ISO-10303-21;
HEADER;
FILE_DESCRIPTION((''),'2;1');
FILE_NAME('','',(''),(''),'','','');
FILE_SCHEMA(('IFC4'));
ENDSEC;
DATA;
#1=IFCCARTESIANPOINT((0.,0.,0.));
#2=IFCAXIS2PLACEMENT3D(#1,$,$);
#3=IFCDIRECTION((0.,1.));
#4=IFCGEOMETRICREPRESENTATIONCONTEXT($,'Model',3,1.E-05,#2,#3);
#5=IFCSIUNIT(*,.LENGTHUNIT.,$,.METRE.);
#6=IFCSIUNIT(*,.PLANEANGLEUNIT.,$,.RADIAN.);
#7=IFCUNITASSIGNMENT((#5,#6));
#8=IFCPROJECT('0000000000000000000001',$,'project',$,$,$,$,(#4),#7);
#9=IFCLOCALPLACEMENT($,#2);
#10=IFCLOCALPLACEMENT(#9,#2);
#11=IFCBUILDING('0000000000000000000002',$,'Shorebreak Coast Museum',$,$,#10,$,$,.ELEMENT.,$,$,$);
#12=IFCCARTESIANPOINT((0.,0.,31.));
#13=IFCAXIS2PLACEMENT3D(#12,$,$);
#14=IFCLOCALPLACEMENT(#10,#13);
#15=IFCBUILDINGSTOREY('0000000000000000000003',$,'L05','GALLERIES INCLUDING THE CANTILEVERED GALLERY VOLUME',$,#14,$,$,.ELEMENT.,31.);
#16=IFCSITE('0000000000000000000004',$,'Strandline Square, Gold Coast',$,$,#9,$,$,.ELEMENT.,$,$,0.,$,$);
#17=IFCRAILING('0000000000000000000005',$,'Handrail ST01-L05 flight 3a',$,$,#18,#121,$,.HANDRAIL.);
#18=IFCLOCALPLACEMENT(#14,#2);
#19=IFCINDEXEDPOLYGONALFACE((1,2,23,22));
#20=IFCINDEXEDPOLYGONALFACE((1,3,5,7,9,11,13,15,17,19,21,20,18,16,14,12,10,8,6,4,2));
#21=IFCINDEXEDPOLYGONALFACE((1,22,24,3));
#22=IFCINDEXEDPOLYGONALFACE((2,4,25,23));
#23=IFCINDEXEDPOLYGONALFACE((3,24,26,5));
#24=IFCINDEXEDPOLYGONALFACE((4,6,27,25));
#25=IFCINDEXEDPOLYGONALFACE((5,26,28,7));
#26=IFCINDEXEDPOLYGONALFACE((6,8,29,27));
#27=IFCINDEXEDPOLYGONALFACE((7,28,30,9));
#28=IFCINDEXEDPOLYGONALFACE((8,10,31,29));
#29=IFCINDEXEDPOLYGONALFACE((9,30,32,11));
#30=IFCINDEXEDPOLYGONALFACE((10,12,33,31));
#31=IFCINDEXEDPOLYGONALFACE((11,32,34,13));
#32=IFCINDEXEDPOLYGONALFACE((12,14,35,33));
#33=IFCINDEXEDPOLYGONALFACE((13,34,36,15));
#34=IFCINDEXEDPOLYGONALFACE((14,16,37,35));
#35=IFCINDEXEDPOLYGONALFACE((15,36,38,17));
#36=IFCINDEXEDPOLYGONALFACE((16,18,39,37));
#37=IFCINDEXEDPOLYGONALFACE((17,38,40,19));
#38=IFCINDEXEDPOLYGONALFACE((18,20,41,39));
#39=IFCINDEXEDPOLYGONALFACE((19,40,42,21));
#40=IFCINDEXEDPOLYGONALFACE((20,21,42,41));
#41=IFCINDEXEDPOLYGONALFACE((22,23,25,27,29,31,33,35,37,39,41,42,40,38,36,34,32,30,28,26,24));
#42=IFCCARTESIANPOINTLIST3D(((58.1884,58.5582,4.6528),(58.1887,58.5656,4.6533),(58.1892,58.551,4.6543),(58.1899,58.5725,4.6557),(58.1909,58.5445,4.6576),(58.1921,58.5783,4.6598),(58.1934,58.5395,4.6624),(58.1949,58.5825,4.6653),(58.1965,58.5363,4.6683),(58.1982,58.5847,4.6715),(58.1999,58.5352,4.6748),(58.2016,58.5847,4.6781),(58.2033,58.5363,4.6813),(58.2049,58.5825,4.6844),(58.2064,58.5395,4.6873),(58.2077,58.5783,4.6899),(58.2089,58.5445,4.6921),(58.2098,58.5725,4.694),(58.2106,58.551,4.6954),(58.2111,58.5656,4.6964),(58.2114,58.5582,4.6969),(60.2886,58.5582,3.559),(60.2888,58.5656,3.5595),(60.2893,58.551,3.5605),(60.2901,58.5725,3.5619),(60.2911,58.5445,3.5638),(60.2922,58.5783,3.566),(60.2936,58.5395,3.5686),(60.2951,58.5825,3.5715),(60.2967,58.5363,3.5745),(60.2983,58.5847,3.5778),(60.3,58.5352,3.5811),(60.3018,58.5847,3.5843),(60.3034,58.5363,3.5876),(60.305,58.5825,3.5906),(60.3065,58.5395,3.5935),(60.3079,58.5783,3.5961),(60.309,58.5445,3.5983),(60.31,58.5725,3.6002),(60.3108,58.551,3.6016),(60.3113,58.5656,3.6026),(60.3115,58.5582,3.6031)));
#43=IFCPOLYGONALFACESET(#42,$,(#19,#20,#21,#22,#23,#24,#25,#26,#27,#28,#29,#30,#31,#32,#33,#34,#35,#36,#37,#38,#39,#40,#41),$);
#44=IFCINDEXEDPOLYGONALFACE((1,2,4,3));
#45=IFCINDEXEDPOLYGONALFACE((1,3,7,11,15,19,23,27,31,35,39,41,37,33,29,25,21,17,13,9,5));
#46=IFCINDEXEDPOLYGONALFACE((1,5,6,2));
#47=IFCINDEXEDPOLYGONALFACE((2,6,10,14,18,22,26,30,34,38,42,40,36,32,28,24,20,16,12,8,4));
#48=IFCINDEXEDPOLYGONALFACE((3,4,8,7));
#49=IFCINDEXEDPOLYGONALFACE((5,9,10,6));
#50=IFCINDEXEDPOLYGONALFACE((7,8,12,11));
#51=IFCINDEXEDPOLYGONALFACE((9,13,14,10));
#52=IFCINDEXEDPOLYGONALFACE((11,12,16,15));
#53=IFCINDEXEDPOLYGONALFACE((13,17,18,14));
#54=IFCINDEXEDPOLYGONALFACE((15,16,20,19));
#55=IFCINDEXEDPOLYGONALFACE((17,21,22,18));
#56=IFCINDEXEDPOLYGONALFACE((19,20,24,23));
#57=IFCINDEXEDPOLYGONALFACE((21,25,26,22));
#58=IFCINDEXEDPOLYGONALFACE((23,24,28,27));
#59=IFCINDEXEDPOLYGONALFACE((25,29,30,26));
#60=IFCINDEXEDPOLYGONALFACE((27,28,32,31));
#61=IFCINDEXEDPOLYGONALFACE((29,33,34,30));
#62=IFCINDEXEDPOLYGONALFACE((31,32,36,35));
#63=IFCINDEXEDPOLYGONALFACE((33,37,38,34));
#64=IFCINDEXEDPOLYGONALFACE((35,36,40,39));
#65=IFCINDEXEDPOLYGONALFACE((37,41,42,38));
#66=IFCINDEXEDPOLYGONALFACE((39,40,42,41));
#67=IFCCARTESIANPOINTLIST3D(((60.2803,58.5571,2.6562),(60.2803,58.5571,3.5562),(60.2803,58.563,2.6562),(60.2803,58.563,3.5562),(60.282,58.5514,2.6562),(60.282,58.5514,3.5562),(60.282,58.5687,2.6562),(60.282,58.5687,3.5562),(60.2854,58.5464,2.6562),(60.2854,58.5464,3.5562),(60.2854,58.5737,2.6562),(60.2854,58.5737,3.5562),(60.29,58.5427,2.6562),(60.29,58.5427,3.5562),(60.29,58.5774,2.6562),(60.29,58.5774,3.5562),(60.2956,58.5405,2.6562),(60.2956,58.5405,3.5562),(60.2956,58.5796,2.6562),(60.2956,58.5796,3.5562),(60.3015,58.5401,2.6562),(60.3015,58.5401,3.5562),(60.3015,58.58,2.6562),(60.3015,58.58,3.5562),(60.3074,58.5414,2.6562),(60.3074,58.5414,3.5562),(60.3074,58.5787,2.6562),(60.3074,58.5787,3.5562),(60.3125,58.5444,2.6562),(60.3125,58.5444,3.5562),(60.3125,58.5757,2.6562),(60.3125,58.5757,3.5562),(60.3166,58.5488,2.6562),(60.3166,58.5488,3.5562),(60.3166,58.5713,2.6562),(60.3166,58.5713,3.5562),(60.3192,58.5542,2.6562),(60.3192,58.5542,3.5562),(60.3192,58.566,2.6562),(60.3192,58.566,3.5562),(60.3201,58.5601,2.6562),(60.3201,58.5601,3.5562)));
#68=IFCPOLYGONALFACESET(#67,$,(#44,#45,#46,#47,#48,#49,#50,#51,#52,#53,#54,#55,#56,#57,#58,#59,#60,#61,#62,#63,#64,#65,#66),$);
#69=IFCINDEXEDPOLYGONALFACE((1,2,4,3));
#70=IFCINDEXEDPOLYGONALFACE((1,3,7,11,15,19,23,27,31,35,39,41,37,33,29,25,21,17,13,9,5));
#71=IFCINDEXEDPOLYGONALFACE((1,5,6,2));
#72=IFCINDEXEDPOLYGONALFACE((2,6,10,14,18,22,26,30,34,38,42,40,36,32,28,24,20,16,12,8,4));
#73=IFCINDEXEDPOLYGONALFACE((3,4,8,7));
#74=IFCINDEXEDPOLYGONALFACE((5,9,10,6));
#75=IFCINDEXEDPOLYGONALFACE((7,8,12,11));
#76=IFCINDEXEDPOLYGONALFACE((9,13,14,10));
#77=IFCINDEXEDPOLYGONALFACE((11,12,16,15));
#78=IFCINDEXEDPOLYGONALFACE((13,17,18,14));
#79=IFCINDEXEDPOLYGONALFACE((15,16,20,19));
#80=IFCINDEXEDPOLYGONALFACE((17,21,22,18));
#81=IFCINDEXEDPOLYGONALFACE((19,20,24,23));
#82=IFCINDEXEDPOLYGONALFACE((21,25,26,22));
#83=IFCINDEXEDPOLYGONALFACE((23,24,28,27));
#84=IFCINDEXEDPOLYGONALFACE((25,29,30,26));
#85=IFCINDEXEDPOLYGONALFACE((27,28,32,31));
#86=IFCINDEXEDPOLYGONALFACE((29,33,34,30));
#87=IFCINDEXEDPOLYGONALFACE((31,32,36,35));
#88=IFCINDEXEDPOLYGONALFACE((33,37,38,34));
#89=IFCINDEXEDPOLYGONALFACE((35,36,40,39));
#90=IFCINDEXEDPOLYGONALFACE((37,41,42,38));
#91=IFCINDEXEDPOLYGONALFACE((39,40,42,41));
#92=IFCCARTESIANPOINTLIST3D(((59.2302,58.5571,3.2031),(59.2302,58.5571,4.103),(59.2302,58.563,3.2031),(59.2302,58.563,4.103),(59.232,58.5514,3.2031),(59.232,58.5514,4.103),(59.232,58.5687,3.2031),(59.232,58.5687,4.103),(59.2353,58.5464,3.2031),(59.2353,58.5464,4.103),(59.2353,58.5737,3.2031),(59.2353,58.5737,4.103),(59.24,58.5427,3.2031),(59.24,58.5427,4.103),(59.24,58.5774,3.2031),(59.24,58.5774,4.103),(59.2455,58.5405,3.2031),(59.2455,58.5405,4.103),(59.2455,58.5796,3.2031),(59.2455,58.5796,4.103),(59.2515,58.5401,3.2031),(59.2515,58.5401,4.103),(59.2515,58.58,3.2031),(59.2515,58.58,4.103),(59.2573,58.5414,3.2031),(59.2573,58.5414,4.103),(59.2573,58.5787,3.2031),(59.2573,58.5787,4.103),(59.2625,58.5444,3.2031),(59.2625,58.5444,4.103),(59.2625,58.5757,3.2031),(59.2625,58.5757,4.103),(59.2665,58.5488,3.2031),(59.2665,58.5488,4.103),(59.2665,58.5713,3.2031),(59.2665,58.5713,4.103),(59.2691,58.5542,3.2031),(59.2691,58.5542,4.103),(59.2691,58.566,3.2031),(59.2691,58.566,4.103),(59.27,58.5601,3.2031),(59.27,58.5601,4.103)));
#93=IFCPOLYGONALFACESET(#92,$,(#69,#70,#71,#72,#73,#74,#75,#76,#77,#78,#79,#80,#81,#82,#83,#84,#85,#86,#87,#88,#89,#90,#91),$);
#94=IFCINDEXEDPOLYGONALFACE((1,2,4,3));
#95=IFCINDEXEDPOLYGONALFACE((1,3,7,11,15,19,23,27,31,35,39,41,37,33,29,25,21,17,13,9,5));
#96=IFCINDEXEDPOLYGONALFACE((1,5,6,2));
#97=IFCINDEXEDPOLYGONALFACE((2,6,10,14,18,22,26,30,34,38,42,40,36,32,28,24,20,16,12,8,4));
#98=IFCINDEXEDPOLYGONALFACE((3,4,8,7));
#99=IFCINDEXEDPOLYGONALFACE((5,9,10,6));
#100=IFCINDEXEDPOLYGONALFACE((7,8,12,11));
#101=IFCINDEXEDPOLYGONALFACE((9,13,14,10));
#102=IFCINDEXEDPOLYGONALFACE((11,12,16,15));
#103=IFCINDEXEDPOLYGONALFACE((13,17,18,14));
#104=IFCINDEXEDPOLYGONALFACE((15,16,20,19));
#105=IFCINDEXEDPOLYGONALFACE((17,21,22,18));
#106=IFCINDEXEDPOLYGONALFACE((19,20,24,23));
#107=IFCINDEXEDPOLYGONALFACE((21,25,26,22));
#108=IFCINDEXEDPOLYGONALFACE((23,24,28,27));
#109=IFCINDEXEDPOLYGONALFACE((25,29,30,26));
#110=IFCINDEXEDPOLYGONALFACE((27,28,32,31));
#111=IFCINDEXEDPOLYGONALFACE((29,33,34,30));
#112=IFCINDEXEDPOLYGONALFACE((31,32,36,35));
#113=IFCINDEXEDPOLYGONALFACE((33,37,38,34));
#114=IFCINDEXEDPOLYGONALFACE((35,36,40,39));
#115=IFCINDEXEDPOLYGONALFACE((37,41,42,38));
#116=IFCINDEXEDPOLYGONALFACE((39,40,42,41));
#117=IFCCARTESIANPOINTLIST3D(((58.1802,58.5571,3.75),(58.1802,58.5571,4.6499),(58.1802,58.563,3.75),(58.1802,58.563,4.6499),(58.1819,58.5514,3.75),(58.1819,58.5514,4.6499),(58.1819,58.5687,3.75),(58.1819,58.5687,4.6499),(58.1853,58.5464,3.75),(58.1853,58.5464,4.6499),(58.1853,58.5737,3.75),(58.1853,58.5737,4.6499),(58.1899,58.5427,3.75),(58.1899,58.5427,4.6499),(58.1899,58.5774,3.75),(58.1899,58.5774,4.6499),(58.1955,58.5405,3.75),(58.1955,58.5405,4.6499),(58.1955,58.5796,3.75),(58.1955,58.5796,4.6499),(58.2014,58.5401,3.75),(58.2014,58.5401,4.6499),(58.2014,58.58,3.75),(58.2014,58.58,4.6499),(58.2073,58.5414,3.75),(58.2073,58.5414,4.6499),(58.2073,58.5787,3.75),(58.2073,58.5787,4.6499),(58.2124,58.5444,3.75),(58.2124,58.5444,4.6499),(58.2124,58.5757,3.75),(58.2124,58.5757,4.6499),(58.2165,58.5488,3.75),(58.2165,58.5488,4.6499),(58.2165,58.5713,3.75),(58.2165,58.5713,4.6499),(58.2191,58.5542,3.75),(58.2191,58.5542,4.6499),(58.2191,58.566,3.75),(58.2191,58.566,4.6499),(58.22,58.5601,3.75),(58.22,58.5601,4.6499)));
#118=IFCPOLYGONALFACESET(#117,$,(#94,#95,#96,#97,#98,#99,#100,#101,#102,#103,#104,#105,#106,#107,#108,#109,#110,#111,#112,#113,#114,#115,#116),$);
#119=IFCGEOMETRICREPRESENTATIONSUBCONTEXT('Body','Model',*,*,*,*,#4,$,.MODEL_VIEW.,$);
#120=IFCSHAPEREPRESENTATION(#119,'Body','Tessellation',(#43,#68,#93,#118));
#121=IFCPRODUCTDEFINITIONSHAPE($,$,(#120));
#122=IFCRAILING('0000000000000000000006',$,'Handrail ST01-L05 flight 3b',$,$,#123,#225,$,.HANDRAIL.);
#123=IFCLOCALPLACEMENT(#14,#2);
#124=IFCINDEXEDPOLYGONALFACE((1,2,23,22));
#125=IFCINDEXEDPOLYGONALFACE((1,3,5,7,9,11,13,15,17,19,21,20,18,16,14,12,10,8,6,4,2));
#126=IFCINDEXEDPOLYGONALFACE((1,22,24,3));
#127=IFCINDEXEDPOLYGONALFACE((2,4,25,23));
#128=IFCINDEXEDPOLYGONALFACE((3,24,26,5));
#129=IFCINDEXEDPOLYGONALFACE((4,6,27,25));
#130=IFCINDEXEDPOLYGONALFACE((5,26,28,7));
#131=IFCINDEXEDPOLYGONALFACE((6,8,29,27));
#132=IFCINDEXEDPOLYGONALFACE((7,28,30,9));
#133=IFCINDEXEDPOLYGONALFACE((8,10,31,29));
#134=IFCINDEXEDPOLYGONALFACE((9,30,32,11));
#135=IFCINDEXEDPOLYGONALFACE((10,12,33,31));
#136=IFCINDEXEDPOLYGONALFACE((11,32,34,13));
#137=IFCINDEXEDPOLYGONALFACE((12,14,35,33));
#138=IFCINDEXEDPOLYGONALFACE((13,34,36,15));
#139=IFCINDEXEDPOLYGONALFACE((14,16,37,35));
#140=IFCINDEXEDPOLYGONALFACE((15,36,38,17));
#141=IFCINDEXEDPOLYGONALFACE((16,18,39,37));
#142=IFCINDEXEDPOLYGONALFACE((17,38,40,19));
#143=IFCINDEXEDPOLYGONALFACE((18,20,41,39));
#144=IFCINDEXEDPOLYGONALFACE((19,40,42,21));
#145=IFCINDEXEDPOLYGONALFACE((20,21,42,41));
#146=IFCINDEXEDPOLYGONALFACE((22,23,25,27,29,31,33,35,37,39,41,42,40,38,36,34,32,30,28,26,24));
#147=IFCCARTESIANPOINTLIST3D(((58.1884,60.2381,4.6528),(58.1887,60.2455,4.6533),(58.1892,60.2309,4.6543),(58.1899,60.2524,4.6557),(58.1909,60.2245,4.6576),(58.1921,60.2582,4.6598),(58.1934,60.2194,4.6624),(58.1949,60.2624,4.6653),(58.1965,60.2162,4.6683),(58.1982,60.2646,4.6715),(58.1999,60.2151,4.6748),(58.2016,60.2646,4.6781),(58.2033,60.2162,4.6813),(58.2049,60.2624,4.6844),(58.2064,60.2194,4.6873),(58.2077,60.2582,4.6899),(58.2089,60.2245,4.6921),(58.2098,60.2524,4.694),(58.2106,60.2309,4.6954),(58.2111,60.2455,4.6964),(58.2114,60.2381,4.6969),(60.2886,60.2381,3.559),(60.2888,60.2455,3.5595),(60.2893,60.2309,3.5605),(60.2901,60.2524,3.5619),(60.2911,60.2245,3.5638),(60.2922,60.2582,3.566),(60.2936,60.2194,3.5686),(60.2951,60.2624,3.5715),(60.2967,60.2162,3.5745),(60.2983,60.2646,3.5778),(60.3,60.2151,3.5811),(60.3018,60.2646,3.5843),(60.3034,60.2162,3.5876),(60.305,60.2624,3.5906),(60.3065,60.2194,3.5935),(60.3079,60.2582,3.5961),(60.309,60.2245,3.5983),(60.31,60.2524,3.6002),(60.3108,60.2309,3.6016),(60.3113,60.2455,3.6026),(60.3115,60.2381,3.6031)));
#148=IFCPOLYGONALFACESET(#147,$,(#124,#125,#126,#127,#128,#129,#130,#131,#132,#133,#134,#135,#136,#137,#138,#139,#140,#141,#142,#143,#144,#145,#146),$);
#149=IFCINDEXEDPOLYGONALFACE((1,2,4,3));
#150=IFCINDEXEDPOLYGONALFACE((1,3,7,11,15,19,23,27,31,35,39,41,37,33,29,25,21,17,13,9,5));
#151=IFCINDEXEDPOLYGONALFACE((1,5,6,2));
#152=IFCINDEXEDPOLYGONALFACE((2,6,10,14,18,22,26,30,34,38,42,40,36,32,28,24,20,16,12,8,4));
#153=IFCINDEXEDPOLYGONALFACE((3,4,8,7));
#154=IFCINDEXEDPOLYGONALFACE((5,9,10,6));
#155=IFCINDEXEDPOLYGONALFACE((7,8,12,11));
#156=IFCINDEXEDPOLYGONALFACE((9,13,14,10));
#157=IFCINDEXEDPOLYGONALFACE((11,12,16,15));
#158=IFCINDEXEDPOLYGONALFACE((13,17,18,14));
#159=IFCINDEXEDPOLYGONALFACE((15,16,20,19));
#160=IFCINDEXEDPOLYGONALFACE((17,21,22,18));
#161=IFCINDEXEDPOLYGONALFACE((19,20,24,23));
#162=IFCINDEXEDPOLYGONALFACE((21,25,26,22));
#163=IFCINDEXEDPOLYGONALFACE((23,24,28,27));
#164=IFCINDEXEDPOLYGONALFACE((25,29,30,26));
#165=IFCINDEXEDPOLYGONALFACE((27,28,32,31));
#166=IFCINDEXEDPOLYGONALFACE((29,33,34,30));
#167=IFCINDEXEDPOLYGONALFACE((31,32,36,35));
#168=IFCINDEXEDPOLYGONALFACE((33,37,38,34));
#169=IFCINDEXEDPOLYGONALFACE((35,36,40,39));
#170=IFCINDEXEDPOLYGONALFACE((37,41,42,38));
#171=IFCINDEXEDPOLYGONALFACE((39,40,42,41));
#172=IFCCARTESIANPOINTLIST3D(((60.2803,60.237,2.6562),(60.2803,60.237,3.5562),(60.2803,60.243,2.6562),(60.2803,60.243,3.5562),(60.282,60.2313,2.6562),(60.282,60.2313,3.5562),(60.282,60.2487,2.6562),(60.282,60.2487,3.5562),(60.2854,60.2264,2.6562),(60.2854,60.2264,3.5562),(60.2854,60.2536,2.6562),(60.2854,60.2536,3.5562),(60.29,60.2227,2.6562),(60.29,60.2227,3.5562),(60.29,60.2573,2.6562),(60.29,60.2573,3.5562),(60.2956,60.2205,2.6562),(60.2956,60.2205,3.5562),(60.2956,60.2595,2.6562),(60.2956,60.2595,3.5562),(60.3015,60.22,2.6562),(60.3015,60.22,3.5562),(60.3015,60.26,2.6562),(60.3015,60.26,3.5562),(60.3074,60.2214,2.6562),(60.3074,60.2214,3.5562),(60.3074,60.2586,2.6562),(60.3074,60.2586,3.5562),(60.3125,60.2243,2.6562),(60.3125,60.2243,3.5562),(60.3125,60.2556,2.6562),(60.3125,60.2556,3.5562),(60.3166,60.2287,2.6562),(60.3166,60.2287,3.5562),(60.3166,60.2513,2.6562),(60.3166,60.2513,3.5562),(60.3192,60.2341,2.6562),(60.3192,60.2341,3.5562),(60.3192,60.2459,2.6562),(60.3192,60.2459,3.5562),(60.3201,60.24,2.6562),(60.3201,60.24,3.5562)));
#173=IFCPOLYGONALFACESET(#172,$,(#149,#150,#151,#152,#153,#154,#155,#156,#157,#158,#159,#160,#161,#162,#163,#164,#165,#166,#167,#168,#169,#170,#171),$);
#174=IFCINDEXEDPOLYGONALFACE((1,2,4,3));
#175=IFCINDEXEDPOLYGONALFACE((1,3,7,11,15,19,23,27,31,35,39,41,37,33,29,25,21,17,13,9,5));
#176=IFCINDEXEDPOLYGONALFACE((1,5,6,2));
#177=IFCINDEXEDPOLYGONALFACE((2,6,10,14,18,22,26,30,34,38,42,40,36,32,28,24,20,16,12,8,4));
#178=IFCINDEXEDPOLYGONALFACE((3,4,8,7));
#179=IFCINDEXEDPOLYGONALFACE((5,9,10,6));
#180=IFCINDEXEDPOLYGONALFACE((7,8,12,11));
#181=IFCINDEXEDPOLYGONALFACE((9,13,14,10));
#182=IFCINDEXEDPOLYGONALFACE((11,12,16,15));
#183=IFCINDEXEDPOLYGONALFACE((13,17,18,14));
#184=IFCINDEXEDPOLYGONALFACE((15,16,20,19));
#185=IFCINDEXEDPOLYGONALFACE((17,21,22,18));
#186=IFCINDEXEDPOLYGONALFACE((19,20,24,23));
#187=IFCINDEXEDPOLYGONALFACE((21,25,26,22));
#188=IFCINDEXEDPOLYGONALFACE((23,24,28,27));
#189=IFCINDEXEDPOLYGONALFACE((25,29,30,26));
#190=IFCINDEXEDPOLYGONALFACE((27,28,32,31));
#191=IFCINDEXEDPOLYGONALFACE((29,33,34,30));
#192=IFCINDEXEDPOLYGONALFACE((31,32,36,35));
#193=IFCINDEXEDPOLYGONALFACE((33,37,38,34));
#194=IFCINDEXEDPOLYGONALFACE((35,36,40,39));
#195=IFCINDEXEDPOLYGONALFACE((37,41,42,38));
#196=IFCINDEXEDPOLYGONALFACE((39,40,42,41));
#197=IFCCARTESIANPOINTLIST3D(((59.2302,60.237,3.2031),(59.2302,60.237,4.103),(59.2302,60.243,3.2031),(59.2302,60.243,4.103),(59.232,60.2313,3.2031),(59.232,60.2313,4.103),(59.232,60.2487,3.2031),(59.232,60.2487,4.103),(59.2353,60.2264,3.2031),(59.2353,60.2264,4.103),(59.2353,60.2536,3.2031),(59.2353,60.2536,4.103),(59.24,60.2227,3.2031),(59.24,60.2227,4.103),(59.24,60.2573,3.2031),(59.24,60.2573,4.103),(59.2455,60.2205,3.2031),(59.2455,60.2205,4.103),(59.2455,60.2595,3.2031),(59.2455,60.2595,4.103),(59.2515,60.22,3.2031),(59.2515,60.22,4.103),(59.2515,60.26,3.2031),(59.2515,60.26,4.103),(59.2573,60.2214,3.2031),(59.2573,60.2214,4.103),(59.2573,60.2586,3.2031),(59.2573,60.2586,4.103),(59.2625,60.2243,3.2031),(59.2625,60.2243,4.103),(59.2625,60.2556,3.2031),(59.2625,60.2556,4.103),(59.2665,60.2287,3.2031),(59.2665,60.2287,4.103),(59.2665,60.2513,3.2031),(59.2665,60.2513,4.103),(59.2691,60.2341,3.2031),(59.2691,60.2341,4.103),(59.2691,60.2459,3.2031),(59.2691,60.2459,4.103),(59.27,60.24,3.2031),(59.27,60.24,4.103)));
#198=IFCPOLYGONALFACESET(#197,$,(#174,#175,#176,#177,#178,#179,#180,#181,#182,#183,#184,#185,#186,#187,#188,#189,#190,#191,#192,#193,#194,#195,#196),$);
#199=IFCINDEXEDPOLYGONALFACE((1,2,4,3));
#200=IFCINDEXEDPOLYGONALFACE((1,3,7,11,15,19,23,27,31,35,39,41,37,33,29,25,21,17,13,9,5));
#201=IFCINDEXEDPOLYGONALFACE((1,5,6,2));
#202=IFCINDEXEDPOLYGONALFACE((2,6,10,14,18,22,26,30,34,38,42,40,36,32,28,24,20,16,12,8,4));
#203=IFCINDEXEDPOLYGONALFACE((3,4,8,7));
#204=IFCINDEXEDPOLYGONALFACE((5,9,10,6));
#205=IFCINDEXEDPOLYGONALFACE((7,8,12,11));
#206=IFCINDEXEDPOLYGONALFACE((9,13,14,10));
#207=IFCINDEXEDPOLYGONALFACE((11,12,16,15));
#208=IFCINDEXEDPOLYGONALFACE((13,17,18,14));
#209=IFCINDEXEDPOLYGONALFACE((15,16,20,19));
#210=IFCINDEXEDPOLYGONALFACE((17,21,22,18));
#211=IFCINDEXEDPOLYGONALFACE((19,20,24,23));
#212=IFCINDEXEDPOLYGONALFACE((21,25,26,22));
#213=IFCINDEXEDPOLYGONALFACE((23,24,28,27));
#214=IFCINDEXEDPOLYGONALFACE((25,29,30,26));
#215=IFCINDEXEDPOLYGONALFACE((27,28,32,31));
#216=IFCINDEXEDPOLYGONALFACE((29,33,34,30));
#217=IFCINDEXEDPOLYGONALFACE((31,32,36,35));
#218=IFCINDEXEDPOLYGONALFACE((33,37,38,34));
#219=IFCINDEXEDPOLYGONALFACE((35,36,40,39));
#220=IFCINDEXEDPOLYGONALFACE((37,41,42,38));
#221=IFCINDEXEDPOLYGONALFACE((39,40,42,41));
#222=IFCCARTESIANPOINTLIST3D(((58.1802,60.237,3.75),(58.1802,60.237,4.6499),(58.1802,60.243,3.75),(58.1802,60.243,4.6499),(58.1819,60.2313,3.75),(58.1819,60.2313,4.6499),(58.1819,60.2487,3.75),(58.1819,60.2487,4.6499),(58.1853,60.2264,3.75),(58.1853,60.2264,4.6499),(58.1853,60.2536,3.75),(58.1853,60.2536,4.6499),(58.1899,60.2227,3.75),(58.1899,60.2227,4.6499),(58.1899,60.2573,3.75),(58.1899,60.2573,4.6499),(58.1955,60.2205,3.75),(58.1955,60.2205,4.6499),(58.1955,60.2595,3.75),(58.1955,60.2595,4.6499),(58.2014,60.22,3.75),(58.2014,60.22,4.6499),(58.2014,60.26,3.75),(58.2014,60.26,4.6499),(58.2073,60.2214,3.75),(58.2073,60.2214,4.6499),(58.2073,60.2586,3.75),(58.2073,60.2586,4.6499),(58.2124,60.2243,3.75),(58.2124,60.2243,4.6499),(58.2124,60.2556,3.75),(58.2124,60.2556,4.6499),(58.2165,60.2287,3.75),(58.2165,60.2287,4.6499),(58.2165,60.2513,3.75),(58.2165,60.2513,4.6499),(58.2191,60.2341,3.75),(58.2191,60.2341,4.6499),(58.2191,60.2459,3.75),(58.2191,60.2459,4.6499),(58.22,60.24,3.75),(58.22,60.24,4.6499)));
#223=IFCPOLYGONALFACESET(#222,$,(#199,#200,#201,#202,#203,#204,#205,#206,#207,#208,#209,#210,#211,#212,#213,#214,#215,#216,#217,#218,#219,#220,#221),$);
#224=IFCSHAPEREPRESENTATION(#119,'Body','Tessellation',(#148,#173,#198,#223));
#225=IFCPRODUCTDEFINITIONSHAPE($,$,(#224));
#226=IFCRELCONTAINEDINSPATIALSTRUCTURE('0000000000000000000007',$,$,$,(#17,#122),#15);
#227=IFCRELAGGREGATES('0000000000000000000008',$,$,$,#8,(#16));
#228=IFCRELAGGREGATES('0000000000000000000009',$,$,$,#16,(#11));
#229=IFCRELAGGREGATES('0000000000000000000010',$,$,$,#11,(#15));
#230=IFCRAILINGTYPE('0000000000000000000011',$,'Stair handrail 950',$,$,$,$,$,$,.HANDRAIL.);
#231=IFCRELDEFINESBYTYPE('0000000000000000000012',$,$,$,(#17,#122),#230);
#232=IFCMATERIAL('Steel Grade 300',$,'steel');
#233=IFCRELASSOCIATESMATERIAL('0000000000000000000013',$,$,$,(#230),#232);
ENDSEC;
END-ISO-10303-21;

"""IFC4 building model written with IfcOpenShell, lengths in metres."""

from ifc_helpers import new_model, si_unit, direction, frame, origin, origin_2d, place, context, subcontext, project, spatial, circle, extrude, material, type_object, element, save


model = new_model("IFC4")

# Units and contexts
model_context = context("Model", 3, precision=1e-05, world=origin(), true_north=direction((0.0, 1.0)))
body_context = subcontext(model_context, "Body", "Model", "MODEL_VIEW")
ifc_project = project(units=[si_unit("LENGTHUNIT", "METRE"), si_unit("PLANEANGLEUNIT", "RADIAN")], contexts=[model_context])

# Site, building, storey
site_placement = place(None, origin())
site = spatial("IfcSite", under=ifc_project, at=site_placement, Name="Strandline Square, Gold Coast", CompositionType="ELEMENT", RefElevation=0.0)
building_placement = place(site_placement, origin())
building = spatial("IfcBuilding", under=site, at=building_placement, Name="Shorebreak Coast Museum", CompositionType="ELEMENT")
storey_placement = place(building_placement, frame((0.0, 0.0, 31.0)))
storey = spatial("IfcBuildingStorey", under=building, at=storey_placement, Name="L05", Description="GALLERIES INCLUDING THE CANTILEVERED GALLERY VOLUME", CompositionType="ELEMENT", Elevation=31.0)

# Railings
ifc_material_1 = material(Name="Steel Grade 300", Category="steel")
railing_type_1 = type_object("IfcRailingType", Name="Stair handrail 950", PredefinedType="HANDRAIL", material=ifc_material_1)
for number, where, name in (
    (1, (60.3, 58.5601, 2.6562), "Handrail ST01-L05 flight 3a"),
    (2, (60.3, 60.24, 2.6562), "Handrail ST01-L05 flight 3b"),
):
    element("IfcRailing", number, at=place(storey_placement, frame(where)), inside=storey, type_object=railing_type_1, Name=name, PredefinedType="HANDRAIL", context=body_context, shape_type="SweptSolid", body=[
        extrude(circle(Radius=0.0249, at=origin_2d()), frame((0.0, 0.0, 0.9248), z_axis=(-0.886923, 0.0, 0.461918), x_axis=(0.0, -1.0, 0.0)), (0.0, 0.0, 1.0), 2.3679),
        extrude(circle(Radius=0.02, at=origin_2d()), origin(), (0.0, 0.0, 1.0), 0.8999),
        extrude(circle(Radius=0.02, at=origin_2d()), frame((-1.05, 0.0, 0.5469)), (0.0, 0.0, 1.0), 0.8999),
        extrude(circle(Radius=0.02, at=origin_2d()), frame((-2.1001, 0.0, 1.0938)), (0.0, 0.0, 1.0), 0.8999),
    ])

save(model, "model.ifc")
